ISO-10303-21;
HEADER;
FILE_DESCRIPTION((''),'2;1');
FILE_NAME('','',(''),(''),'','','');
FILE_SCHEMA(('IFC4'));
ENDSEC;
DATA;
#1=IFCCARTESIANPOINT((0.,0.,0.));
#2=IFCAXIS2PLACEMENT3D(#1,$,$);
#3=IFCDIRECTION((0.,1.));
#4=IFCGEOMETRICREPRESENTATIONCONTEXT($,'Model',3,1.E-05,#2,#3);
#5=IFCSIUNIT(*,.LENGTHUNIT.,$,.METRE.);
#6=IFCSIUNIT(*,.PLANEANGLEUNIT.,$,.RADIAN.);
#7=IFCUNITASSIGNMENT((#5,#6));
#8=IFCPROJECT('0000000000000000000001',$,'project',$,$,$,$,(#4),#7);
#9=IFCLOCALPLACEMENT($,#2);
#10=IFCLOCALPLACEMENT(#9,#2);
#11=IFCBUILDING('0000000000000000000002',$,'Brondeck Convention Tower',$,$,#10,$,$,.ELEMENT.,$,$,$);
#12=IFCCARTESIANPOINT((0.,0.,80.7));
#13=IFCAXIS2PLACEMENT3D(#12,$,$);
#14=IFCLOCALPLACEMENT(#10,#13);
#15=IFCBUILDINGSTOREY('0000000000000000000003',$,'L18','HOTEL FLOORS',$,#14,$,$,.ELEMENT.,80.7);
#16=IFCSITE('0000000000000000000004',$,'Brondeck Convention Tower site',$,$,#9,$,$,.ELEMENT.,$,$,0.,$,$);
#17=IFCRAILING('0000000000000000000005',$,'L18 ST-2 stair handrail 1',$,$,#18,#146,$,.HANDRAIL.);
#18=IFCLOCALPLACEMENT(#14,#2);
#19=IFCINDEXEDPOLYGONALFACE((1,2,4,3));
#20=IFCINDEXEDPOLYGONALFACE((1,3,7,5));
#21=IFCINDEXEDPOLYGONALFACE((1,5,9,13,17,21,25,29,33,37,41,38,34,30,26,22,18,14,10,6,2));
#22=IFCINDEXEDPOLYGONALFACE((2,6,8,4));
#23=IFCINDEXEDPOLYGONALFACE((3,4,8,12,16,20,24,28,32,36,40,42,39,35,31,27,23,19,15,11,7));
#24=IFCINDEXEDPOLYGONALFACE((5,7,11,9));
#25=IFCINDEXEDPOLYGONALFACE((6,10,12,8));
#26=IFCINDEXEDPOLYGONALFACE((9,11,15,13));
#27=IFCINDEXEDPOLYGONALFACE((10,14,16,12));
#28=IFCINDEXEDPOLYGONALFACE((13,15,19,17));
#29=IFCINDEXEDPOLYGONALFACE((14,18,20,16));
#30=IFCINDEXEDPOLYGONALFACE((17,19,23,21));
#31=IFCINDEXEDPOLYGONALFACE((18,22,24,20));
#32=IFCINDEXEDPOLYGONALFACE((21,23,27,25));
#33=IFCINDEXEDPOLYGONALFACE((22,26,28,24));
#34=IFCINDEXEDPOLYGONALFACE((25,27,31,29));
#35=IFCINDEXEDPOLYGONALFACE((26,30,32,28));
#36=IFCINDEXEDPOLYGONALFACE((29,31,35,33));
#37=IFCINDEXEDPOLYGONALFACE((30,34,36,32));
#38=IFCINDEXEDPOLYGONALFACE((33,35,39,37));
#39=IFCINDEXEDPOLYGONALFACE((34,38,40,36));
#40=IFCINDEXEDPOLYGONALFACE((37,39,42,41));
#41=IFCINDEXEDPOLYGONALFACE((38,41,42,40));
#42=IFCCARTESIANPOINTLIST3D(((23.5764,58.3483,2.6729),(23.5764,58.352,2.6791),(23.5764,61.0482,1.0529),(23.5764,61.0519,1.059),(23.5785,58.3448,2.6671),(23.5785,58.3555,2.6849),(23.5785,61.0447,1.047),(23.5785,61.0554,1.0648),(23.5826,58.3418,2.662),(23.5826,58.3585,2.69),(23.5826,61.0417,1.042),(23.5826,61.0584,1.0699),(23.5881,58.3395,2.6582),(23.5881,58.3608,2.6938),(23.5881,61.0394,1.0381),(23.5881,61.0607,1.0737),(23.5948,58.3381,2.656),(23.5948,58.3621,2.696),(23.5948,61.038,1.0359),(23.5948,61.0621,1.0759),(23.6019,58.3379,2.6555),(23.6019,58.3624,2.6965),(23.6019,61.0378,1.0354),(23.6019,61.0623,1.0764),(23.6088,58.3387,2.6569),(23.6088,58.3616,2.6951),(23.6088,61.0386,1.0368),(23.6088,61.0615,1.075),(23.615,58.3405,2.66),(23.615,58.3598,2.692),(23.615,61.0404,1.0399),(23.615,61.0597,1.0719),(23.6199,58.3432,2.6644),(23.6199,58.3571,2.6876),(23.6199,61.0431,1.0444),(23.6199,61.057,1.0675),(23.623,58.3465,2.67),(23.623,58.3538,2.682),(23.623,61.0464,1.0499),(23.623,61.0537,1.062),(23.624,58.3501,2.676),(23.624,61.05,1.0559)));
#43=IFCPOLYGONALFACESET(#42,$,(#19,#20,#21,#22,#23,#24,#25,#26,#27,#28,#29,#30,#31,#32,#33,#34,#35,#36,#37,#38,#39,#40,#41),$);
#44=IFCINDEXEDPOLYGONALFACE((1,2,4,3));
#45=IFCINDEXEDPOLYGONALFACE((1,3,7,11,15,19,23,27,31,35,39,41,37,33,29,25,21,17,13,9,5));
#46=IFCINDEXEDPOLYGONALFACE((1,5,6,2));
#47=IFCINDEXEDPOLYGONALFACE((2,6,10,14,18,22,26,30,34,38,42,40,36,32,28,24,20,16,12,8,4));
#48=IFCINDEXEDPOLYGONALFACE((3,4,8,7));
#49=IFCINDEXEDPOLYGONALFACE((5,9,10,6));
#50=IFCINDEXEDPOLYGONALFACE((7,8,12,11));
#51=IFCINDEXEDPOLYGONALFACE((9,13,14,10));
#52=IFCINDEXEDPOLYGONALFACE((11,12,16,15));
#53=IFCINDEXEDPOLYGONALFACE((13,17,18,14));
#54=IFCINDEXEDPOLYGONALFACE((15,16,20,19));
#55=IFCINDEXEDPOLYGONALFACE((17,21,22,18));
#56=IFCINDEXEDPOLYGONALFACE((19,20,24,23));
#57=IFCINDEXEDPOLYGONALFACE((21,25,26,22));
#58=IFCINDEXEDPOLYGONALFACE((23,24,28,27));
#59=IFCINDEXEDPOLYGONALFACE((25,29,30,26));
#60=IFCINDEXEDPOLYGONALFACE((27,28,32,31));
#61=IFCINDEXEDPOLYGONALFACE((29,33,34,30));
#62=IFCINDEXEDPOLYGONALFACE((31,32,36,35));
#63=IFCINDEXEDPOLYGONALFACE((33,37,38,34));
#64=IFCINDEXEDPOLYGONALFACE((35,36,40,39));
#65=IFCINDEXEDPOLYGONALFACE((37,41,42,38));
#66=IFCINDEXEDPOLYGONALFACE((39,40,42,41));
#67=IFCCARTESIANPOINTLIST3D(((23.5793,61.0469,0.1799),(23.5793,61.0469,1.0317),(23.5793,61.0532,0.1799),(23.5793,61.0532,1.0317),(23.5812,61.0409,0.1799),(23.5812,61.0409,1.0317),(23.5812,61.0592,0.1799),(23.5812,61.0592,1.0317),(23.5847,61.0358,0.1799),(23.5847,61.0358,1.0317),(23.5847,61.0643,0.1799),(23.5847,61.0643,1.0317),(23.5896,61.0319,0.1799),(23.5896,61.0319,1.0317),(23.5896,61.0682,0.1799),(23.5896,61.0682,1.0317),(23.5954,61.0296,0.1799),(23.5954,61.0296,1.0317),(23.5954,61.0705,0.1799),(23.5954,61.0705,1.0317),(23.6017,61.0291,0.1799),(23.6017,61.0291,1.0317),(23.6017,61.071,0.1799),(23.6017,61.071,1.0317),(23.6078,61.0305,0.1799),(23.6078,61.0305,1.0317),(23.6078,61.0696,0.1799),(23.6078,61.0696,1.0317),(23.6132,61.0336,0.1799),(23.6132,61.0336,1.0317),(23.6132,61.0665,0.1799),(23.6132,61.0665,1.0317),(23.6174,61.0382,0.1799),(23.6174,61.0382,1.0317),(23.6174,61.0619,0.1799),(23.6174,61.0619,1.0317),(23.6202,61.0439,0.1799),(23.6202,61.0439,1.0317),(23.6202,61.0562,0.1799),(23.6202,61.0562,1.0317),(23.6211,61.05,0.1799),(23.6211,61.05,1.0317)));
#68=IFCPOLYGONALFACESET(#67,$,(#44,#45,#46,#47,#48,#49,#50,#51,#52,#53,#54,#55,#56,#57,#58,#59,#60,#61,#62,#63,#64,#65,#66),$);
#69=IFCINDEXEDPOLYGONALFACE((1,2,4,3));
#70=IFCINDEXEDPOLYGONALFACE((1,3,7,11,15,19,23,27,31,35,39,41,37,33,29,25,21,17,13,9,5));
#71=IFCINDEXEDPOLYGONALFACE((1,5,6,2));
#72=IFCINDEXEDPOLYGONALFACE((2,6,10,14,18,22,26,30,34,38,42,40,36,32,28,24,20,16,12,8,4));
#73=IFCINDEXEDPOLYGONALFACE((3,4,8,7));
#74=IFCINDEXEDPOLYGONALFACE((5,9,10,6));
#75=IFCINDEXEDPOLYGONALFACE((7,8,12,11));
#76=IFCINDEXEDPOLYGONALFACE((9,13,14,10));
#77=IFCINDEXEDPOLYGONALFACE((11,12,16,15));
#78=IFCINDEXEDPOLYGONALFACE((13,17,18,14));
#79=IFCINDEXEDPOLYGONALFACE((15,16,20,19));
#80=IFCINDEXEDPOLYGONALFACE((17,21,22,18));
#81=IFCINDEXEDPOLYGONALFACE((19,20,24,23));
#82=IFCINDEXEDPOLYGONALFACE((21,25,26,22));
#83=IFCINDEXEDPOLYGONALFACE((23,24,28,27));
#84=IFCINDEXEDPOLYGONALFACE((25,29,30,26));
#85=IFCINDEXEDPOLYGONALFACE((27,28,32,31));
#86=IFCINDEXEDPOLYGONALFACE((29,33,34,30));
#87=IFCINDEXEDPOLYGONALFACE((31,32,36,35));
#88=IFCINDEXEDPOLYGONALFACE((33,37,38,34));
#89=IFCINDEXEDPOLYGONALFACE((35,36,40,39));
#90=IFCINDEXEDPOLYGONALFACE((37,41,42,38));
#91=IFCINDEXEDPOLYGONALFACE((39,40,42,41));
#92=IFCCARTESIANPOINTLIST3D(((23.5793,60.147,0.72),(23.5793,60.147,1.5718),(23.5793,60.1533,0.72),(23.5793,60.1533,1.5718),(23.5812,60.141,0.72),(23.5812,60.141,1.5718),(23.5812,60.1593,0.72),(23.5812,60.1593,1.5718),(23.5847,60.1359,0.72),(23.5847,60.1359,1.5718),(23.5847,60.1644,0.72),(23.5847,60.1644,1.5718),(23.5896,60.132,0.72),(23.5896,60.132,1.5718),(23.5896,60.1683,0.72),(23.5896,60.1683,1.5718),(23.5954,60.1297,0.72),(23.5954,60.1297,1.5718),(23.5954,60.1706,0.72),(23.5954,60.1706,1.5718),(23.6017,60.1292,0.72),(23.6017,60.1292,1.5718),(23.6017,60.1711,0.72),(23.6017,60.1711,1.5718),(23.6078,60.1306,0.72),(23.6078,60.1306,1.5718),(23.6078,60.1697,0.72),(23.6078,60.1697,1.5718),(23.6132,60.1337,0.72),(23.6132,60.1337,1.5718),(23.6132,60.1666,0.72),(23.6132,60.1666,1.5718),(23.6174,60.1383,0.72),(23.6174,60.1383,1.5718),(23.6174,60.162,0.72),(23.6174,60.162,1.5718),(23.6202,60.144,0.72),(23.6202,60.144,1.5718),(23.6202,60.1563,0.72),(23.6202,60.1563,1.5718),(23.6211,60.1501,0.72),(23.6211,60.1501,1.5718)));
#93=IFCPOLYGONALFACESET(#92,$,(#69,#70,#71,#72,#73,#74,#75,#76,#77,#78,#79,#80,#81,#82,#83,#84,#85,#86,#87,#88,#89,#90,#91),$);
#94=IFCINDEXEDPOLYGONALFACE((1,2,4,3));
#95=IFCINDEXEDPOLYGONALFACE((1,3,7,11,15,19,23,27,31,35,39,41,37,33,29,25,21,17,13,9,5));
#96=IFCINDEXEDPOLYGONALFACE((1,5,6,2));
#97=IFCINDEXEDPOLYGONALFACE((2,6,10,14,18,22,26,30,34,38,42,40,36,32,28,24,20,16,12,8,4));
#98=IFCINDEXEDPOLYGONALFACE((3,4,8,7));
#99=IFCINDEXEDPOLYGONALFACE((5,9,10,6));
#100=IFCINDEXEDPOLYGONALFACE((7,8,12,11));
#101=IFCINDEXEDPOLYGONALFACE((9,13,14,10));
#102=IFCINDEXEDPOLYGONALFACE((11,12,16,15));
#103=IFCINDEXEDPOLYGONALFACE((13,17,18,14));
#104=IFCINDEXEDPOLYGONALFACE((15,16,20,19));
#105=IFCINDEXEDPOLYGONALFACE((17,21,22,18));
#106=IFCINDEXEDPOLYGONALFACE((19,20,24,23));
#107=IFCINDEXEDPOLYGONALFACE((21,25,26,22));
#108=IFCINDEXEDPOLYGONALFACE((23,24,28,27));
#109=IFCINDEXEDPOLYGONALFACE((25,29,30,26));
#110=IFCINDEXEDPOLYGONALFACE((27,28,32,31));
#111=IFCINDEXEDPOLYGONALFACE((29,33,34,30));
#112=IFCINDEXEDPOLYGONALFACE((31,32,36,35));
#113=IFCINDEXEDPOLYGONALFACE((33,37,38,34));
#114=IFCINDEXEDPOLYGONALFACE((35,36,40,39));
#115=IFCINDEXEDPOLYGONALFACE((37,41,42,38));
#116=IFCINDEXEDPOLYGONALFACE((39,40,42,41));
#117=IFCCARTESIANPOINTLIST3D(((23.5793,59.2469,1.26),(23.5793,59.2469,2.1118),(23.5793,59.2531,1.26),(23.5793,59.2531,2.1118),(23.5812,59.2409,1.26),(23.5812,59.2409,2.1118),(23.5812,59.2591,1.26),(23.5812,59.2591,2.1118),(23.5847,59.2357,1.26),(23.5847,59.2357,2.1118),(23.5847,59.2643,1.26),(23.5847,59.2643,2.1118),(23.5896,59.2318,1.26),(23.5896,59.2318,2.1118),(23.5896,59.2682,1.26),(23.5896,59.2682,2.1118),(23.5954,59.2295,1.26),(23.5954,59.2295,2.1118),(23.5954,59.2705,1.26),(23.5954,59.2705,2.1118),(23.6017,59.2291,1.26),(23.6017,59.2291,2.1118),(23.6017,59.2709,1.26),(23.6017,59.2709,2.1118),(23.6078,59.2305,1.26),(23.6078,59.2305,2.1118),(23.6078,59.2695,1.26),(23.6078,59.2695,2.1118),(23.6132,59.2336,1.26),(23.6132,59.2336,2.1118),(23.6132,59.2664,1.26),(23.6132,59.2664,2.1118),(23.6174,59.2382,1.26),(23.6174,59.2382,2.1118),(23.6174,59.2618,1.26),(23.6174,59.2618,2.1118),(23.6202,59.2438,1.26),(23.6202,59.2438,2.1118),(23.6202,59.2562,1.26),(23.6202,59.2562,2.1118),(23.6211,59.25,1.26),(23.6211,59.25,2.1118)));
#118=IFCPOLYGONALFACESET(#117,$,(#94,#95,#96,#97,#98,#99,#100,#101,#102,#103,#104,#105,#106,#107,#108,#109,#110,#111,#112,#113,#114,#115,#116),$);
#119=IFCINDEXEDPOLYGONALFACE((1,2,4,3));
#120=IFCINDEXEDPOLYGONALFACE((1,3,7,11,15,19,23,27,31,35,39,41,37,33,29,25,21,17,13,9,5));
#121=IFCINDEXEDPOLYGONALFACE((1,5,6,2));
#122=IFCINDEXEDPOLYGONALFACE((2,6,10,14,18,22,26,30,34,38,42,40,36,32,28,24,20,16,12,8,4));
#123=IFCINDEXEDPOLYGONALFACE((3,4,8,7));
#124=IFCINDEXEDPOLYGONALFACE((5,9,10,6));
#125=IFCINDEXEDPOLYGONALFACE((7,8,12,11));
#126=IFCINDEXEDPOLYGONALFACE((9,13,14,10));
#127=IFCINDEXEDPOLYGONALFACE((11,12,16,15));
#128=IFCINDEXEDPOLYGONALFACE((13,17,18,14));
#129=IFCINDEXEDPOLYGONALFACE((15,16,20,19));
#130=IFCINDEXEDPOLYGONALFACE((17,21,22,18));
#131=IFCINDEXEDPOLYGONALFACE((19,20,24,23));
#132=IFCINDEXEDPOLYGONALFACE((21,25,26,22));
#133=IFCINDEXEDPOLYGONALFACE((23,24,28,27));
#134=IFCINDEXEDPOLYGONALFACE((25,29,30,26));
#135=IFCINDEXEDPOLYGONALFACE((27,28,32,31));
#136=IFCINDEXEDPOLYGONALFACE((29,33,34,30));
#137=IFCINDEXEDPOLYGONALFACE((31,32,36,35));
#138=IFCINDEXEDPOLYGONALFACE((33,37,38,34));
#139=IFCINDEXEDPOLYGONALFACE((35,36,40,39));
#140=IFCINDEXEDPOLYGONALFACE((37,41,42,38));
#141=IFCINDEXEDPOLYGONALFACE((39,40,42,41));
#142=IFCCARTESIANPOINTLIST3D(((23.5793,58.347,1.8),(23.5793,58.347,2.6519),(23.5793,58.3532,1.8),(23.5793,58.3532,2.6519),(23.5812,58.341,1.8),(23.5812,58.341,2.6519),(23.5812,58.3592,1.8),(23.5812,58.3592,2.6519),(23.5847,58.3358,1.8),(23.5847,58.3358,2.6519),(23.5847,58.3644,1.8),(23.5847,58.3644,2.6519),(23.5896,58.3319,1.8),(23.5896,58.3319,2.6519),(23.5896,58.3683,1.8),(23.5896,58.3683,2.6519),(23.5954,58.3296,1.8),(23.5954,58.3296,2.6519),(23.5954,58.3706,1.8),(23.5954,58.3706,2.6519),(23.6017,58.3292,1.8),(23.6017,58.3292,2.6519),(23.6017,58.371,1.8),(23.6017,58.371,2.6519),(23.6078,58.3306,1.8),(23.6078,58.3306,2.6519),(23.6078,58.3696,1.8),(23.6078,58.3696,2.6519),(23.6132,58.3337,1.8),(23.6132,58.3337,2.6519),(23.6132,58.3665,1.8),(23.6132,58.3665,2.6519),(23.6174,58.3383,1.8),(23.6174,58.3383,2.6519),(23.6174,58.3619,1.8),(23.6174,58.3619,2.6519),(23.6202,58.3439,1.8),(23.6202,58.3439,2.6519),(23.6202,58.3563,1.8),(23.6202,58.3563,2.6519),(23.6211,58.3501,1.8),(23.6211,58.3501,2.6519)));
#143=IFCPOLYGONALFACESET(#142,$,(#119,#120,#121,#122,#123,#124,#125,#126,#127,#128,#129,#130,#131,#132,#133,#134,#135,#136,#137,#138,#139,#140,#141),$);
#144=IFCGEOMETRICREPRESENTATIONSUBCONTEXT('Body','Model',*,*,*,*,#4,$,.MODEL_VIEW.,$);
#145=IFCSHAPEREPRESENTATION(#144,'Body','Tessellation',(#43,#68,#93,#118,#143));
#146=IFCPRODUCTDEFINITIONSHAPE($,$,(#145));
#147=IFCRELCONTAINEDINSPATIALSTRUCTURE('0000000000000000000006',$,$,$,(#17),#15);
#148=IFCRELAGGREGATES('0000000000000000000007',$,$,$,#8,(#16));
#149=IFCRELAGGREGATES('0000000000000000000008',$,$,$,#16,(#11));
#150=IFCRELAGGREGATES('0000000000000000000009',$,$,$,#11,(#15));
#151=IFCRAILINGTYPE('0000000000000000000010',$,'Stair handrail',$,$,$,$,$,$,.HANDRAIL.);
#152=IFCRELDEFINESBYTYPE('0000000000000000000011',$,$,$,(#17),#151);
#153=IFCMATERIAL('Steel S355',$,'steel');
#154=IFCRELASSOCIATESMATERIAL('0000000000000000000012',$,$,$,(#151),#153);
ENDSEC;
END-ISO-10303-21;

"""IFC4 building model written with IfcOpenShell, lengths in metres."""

from ifc_helpers import new_model, si_unit, direction, frame, origin, origin_2d, place, context, subcontext, project, spatial, circle, extrude, material, type_object, element, save


model = new_model("IFC4")

# Units and contexts
model_context = context("Model", 3, precision=1e-05, world=origin(), true_north=direction((0.0, 1.0)))
body_context = subcontext(model_context, "Body", "Model", "MODEL_VIEW")
ifc_project = project(units=[si_unit("LENGTHUNIT", "METRE"), si_unit("PLANEANGLEUNIT", "RADIAN")], contexts=[model_context])

# Site, building, storey
site_placement = place(None, origin())
site = spatial("IfcSite", under=ifc_project, at=site_placement, Name="Brondeck Convention Tower site", CompositionType="ELEMENT", RefElevation=0.0)
building_placement = place(site_placement, origin())
building = spatial("IfcBuilding", under=site, at=building_placement, Name="Brondeck Convention Tower", CompositionType="ELEMENT")
storey_placement = place(building_placement, frame((0.0, 0.0, 80.7)))
storey = spatial("IfcBuildingStorey", under=building, at=storey_placement, Name="L18", Description="HOTEL FLOORS", CompositionType="ELEMENT", Elevation=80.7)

# Railing
ifc_material_1 = material(Name="Steel S355", Category="steel")
railing_type_1 = type_object("IfcRailingType", Name="Stair handrail", PredefinedType="HANDRAIL", material=ifc_material_1)
railing_1_placement = place(storey_placement, frame((23.6001, 61.05, 0.1799)))
element("IfcRailing", 1, at=railing_1_placement, inside=storey, type_object=railing_type_1, Name="L18 ST-2 stair handrail 1", PredefinedType="HANDRAIL", context=body_context, shape_type="SweptSolid", body=[
    extrude(circle(Radius=0.0239, at=origin_2d()), frame((0.0, 0.0, 0.876), z_axis=(0.0, -0.857472, 0.51453), x_axis=(1.0, 0.0, 0.0)), (0.0, 0.0, 1.0), 3.1487),
    extrude(circle(Radius=0.021, at=origin_2d()), origin(), (0.0, 0.0, 1.0), 0.8518),
    extrude(circle(Radius=0.021, at=origin_2d()), frame((0.0, -0.8999, 0.54)), (0.0, 0.0, 1.0), 0.8518),
    extrude(circle(Radius=0.021, at=origin_2d()), frame((0.0, -1.8, 1.0801)), (0.0, 0.0, 1.0), 0.8518),
    extrude(circle(Radius=0.021, at=origin_2d()), frame((0.0, -2.7, 1.6201)), (0.0, 0.0, 1.0), 0.8518),
])

save(model, "model.ifc")
